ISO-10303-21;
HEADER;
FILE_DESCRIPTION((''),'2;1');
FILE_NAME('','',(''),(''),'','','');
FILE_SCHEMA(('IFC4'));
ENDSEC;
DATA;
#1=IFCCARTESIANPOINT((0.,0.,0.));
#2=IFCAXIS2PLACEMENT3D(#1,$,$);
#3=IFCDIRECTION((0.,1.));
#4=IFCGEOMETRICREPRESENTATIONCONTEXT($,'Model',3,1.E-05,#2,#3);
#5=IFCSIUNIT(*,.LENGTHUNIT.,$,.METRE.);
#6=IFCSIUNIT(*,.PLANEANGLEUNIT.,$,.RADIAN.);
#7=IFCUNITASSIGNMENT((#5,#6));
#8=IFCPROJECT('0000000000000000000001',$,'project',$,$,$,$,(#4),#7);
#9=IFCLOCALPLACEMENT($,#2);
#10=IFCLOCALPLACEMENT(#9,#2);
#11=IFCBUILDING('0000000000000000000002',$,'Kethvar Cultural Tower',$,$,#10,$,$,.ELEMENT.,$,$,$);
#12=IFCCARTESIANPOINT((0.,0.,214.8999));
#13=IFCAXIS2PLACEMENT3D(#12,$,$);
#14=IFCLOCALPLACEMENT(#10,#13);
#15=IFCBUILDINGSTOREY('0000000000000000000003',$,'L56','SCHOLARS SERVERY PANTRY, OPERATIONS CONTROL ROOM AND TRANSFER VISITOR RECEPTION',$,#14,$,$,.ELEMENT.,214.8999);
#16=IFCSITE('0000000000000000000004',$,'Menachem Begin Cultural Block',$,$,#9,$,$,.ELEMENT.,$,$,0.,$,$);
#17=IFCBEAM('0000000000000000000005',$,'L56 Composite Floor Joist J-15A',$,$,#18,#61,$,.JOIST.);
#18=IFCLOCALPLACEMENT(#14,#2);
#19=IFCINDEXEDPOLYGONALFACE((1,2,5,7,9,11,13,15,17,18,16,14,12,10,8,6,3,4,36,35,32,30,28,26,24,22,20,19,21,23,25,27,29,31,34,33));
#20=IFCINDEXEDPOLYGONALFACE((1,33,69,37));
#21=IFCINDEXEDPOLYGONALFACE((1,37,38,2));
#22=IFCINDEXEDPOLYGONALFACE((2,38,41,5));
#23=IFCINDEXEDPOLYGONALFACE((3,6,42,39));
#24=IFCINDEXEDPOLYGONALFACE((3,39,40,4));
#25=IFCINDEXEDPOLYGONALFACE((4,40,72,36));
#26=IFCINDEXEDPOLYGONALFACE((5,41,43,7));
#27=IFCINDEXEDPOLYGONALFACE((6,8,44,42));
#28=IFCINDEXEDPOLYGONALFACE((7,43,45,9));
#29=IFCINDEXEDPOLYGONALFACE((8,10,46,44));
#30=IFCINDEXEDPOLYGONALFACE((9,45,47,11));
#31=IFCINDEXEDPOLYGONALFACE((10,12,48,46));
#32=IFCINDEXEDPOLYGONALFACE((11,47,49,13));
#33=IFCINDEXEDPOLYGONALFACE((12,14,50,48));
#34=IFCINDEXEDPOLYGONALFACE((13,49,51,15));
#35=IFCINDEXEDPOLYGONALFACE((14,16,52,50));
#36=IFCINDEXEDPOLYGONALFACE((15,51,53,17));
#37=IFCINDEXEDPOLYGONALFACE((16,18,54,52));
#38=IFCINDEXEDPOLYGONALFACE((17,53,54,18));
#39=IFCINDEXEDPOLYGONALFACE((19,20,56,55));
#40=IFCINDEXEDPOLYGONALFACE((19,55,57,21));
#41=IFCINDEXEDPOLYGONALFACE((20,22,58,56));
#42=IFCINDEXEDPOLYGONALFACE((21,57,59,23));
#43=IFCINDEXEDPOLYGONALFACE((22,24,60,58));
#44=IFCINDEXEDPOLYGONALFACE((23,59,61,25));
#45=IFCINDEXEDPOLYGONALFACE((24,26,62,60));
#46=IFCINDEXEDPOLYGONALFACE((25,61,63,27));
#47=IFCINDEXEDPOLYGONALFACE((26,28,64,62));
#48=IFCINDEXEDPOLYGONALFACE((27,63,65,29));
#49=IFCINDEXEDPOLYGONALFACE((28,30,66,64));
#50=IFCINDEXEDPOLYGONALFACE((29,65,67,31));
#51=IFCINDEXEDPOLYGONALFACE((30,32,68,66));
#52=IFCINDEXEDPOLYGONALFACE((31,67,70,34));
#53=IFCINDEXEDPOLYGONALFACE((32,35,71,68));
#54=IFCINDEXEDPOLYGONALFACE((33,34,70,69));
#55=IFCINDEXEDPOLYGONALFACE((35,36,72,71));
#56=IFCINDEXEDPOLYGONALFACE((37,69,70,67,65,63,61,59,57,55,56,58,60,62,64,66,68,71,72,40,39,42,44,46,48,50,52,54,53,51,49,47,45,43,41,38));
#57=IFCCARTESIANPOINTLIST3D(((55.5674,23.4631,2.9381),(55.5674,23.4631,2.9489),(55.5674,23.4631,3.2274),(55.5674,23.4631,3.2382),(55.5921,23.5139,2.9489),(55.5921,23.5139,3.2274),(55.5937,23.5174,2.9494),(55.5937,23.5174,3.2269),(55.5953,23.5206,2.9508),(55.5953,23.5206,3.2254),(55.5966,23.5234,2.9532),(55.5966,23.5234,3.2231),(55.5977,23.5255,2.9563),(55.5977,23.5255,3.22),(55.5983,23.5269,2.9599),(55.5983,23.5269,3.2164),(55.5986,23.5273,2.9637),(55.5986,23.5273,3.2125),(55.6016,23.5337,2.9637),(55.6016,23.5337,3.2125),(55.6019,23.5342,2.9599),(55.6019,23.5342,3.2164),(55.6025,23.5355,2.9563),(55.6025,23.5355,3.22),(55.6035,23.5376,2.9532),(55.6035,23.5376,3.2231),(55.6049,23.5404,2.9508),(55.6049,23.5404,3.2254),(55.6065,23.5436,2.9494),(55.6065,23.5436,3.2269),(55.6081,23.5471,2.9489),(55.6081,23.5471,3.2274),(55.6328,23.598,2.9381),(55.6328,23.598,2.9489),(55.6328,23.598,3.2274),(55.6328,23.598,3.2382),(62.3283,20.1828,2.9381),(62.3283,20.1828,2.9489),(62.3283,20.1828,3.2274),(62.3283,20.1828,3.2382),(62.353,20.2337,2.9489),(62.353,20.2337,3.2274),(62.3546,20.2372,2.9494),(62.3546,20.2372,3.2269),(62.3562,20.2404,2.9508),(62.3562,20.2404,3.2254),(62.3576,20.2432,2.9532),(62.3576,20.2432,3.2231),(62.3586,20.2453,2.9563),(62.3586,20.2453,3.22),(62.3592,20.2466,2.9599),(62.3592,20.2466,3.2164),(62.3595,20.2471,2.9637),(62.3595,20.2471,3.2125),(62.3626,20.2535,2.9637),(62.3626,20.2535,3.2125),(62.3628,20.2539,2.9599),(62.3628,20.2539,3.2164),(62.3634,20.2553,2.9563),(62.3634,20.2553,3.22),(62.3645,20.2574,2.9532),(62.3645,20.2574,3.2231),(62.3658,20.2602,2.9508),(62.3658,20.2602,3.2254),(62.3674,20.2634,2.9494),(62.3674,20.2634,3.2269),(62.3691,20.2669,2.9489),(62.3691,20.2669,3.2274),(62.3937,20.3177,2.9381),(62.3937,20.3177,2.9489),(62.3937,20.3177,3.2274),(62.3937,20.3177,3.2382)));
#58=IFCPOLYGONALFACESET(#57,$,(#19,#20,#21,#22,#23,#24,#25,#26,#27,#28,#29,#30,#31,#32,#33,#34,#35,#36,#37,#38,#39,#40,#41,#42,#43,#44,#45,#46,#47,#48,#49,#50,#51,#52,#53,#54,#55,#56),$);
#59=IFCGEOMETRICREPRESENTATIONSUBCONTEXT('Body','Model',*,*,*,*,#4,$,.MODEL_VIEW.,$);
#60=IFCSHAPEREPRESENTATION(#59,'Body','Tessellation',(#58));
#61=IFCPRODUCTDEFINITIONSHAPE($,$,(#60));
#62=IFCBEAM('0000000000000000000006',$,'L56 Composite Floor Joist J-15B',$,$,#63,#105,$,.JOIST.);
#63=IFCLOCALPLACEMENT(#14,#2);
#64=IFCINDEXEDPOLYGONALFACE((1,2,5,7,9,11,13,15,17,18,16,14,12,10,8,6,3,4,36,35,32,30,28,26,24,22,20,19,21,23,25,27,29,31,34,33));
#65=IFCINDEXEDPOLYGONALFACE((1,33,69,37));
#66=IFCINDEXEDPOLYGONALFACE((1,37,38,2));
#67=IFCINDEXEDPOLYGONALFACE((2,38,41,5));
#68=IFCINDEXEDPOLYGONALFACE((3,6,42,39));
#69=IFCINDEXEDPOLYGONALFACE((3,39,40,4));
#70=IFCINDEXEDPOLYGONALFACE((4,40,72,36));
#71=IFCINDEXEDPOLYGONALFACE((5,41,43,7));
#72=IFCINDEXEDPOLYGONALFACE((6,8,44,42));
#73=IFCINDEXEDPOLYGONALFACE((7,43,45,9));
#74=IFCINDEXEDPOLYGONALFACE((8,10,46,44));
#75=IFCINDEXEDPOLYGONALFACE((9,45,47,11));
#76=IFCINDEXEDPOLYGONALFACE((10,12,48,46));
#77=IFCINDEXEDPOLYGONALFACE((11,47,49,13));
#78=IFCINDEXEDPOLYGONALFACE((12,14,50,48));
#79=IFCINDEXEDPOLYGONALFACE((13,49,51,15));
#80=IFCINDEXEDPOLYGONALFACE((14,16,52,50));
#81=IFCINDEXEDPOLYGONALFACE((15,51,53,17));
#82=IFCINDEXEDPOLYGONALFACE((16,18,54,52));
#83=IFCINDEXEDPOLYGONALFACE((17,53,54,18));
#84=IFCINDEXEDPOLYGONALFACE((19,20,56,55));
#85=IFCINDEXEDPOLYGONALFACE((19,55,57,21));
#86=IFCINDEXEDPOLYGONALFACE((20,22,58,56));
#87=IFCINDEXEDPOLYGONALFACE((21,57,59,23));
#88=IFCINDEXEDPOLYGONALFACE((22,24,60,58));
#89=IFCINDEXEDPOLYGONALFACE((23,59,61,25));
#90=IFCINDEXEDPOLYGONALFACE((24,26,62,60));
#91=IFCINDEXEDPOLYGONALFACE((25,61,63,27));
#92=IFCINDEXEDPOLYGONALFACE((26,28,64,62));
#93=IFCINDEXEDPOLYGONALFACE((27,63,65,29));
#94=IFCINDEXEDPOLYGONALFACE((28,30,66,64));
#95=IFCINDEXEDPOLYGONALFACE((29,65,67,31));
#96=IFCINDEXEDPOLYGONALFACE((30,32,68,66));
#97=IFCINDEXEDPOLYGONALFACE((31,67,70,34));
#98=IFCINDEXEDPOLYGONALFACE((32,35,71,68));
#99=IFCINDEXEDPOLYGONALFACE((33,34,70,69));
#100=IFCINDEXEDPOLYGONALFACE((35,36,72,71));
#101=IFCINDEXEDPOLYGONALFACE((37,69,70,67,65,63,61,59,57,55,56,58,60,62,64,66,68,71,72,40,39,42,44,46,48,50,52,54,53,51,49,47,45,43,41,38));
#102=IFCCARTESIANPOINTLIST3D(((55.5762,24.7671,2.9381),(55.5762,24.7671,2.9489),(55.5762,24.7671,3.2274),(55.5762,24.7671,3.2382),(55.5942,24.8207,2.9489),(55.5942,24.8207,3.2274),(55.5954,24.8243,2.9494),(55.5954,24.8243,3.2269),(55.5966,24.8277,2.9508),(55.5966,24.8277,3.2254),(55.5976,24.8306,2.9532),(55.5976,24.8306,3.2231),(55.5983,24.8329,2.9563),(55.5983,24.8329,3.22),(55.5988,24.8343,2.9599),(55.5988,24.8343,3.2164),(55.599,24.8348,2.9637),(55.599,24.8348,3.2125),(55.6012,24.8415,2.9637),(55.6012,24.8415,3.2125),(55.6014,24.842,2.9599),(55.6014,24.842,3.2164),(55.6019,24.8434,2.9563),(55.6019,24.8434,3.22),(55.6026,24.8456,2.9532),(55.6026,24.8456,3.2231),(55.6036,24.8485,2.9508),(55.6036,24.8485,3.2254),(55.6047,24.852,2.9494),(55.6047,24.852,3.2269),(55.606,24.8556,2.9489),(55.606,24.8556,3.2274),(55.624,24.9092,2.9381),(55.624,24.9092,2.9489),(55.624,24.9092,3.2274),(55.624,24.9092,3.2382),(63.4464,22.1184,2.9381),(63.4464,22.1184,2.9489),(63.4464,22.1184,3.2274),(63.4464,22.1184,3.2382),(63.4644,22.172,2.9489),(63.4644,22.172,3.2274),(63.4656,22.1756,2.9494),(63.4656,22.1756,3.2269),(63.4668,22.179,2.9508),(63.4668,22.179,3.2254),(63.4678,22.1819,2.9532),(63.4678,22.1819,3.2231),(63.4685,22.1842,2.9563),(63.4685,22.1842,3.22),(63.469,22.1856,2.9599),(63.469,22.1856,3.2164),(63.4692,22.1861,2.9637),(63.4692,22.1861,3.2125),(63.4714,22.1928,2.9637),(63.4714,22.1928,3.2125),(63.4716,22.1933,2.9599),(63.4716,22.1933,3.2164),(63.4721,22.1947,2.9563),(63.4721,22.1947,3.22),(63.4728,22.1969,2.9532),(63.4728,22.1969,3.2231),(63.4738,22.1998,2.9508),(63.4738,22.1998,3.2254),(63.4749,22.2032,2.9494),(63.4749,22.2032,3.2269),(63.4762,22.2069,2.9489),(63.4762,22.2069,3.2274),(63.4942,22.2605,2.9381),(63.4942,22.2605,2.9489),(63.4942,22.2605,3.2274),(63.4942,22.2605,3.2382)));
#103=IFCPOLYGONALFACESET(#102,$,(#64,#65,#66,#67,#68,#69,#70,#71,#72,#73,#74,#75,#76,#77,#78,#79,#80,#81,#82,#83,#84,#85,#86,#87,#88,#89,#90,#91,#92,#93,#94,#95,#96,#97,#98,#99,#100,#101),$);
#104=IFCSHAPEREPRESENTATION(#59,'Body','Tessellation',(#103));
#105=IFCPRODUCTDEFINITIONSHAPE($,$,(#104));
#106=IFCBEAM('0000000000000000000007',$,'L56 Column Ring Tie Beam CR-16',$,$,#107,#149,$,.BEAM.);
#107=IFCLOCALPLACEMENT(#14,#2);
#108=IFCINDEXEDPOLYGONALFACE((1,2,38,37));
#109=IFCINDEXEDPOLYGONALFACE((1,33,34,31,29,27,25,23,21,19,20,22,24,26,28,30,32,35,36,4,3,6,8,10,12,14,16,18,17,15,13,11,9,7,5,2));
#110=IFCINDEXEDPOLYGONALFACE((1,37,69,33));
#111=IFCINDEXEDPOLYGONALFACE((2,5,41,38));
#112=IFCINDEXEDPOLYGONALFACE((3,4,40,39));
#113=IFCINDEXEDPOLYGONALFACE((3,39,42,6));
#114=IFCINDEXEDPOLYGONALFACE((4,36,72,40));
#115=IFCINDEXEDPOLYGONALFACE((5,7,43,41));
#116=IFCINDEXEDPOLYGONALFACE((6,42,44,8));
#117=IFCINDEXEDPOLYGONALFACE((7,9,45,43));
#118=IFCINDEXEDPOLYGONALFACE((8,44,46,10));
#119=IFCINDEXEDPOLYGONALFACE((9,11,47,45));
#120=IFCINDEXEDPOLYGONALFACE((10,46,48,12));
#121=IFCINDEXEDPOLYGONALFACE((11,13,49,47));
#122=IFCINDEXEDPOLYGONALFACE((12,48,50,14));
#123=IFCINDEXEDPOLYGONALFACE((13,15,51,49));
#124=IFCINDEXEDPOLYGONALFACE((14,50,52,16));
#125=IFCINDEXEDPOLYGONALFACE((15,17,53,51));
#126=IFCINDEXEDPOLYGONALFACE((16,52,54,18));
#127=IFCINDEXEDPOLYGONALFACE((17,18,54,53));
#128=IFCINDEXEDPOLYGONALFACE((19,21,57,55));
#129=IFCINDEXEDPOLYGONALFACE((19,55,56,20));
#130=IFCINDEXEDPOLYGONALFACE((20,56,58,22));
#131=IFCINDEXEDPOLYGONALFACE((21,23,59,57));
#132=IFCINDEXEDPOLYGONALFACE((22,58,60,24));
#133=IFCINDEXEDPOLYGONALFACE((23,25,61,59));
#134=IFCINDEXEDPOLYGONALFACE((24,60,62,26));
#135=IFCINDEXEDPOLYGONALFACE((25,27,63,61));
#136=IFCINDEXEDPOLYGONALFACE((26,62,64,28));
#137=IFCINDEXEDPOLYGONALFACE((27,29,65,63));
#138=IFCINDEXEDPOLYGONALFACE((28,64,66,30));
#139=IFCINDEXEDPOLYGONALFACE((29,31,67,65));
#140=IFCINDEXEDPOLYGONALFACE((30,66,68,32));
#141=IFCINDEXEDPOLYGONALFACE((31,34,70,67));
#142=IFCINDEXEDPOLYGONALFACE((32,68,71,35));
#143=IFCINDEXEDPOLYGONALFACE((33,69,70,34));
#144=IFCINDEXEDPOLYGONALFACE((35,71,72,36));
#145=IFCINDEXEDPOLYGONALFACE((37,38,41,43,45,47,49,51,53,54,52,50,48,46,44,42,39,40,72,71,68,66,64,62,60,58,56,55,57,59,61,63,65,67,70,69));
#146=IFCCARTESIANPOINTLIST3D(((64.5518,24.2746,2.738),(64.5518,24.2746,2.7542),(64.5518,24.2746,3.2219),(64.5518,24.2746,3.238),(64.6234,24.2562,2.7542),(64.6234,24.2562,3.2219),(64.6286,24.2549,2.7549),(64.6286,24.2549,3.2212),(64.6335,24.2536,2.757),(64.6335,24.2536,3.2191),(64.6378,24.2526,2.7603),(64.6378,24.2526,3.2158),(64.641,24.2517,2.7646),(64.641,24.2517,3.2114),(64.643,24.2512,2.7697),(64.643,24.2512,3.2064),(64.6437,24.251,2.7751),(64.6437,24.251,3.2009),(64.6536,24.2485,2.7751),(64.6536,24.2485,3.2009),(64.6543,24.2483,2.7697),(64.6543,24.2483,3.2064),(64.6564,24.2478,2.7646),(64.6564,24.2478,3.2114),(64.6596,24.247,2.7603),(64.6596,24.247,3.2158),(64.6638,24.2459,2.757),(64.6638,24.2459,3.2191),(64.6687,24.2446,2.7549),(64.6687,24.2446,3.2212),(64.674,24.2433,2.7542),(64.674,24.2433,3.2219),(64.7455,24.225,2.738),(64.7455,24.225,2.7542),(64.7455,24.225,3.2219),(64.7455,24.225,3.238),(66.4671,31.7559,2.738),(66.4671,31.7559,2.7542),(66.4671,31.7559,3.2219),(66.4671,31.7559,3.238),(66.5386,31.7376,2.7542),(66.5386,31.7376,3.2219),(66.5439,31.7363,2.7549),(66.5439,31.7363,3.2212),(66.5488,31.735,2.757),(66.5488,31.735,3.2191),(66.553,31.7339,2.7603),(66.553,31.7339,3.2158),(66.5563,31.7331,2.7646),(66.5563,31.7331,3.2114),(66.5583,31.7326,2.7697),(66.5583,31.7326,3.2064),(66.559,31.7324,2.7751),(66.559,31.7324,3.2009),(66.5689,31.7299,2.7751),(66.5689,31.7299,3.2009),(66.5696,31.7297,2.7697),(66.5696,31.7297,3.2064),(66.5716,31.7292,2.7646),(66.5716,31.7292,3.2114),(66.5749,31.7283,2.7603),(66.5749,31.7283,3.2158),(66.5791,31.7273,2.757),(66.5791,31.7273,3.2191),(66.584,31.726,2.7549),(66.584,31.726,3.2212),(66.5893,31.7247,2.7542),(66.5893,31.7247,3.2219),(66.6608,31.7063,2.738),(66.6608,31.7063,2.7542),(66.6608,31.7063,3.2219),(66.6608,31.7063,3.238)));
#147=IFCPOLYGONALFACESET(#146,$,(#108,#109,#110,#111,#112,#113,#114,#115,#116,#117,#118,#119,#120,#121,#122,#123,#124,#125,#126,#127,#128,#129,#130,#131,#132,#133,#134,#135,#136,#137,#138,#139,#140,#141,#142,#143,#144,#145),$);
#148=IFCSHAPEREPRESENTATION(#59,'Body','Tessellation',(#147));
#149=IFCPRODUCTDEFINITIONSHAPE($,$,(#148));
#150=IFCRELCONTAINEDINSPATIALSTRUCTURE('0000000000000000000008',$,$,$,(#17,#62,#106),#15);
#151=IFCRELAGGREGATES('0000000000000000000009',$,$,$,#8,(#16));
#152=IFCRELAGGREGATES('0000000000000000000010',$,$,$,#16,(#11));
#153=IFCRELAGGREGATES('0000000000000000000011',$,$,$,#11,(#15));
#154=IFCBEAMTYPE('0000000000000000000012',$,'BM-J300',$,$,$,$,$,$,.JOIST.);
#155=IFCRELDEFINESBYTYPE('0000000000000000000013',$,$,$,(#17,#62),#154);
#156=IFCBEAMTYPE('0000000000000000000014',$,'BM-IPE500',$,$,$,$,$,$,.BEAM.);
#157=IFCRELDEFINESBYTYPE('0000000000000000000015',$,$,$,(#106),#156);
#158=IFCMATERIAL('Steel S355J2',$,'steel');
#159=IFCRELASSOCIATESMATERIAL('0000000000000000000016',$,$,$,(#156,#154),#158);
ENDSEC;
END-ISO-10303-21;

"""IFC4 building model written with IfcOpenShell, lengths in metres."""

from ifc_helpers import new_model, si_unit, direction, frame, origin, origin_2d, place, context, subcontext, project, spatial, i_section, extrude, source, transform, mapped, material, material_profile, profile_set, type_object, element, save


model = new_model("IFC4")

# Units and contexts
model_context = context("Model", 3, precision=1e-05, world=origin(), true_north=direction((0.0, 1.0)))
body_context = subcontext(model_context, "Body", "Model", "MODEL_VIEW")
ifc_project = project(units=[si_unit("LENGTHUNIT", "METRE"), si_unit("PLANEANGLEUNIT", "RADIAN")], contexts=[model_context])

# Site, building, storey
site_placement = place(None, origin())
site = spatial("IfcSite", under=ifc_project, at=site_placement, Name="Menachem Begin Cultural Block", CompositionType="ELEMENT", RefElevation=0.0)
building_placement = place(site_placement, origin())
building = spatial("IfcBuilding", under=site, at=building_placement, Name="Kethvar Cultural Tower", CompositionType="ELEMENT")
storey_placement = place(building_placement, frame((0.0, 0.0, 214.8999)))
storey = spatial("IfcBuildingStorey", under=building, at=storey_placement, Name="L56", Description="SCHOLARS SERVERY PANTRY, OPERATIONS CONTROL ROOM AND TRANSFER VISITOR RECEPTION", CompositionType="ELEMENT", Elevation=214.8999)

# Beams
ifc_material_1 = material(Name="Steel S355J2", Category="steel")
ifc_material_profile_1 = material_profile(ifc_material_1, i_section(OverallWidth=0.2, OverallDepth=0.5, WebThickness=0.0103, FlangeThickness=0.0161, FilletRadius=0.021, at=origin_2d()), Name="Steel S355J2 — IPE500")
ifc_profile_set_1 = profile_set([ifc_material_profile_1], Name="Steel S355J2 — IPE500")
beam_type_1 = type_object("IfcBeamType", Name="BM-IPE500", PredefinedType="BEAM", material=ifc_profile_set_1)
ifc_material_profile_2 = material_profile(ifc_material_1, i_section(OverallWidth=0.1499, OverallDepth=0.3, WebThickness=0.0071, FlangeThickness=0.0107, FilletRadius=0.0149, at=origin_2d()), Name="Steel S355J2 — IPE300")
ifc_profile_set_2 = profile_set([ifc_material_profile_2], Name="Steel S355J2 — IPE300")
beam_type_2 = type_object("IfcBeamType", Name="BM-J300", PredefinedType="JOIST", material=ifc_profile_set_2)
shared_shape_1 = source(origin(), body_context, "Body", "SweptSolid", [
    extrude(i_section(OverallWidth=0.1499, OverallDepth=0.3, WebThickness=0.0071, FlangeThickness=0.0107, FilletRadius=0.0149, at=origin_2d()), origin(), (0.0, 0.0, 1.0), 7.5146),
])
beam_1_placement = place(storey_placement, frame((55.6001, 23.5305, 3.0881), z_axis=(0.899698, -0.436513, 0.0), x_axis=(0.436513, 0.899698, 0.0)))
element("IfcBeam", 1, at=beam_1_placement, inside=storey, type_object=beam_type_2, Name="L56 Composite Floor Joist J-15A", PredefinedType="JOIST", context=body_context, shape_type="MappedRepresentation", body=[
    mapped(shared_shape_1, transform((0.0, 0.0, 0.0), scale=1.0)),
])
shared_shape_2 = source(origin(), body_context, "Body", "SweptSolid", [
    extrude(i_section(OverallWidth=0.1499, OverallDepth=0.3, WebThickness=0.0071, FlangeThickness=0.0107, FilletRadius=0.0149, at=origin_2d()), origin(), (0.0, 0.0, 1.0), 8.304),
])
beam_2_placement = place(storey_placement, frame((55.6001, 24.8381, 3.0881), z_axis=(0.947765, -0.31897, 0.0), x_axis=(0.31897, 0.947765, 0.0)))
element("IfcBeam", 2, at=beam_2_placement, inside=storey, type_object=beam_type_2, Name="L56 Composite Floor Joist J-15B", PredefinedType="JOIST", context=body_context, shape_type="MappedRepresentation", body=[
    mapped(shared_shape_2, transform((0.0, 0.0, 0.0), scale=1.0)),
])
shared_shape_3 = source(origin(), body_context, "Body", "SweptSolid", [
    extrude(i_section(OverallWidth=0.2, OverallDepth=0.5, WebThickness=0.0103, FlangeThickness=0.0161, FilletRadius=0.021, at=origin_2d()), origin(), (0.0, 0.0, 1.0), 7.7227),
])
beam_3_placement = place(storey_placement, frame((64.6487, 24.2498, 2.988), z_axis=(0.248006, 0.968758, 0.0), x_axis=(-0.968758, 0.248006, 0.0)))
element("IfcBeam", 3, at=beam_3_placement, inside=storey, type_object=beam_type_1, Name="L56 Column Ring Tie Beam CR-16", PredefinedType="BEAM", context=body_context, shape_type="MappedRepresentation", body=[
    mapped(shared_shape_3, transform((0.0, 0.0, 0.0), scale=1.0)),
])

save(model, "model.ifc")
